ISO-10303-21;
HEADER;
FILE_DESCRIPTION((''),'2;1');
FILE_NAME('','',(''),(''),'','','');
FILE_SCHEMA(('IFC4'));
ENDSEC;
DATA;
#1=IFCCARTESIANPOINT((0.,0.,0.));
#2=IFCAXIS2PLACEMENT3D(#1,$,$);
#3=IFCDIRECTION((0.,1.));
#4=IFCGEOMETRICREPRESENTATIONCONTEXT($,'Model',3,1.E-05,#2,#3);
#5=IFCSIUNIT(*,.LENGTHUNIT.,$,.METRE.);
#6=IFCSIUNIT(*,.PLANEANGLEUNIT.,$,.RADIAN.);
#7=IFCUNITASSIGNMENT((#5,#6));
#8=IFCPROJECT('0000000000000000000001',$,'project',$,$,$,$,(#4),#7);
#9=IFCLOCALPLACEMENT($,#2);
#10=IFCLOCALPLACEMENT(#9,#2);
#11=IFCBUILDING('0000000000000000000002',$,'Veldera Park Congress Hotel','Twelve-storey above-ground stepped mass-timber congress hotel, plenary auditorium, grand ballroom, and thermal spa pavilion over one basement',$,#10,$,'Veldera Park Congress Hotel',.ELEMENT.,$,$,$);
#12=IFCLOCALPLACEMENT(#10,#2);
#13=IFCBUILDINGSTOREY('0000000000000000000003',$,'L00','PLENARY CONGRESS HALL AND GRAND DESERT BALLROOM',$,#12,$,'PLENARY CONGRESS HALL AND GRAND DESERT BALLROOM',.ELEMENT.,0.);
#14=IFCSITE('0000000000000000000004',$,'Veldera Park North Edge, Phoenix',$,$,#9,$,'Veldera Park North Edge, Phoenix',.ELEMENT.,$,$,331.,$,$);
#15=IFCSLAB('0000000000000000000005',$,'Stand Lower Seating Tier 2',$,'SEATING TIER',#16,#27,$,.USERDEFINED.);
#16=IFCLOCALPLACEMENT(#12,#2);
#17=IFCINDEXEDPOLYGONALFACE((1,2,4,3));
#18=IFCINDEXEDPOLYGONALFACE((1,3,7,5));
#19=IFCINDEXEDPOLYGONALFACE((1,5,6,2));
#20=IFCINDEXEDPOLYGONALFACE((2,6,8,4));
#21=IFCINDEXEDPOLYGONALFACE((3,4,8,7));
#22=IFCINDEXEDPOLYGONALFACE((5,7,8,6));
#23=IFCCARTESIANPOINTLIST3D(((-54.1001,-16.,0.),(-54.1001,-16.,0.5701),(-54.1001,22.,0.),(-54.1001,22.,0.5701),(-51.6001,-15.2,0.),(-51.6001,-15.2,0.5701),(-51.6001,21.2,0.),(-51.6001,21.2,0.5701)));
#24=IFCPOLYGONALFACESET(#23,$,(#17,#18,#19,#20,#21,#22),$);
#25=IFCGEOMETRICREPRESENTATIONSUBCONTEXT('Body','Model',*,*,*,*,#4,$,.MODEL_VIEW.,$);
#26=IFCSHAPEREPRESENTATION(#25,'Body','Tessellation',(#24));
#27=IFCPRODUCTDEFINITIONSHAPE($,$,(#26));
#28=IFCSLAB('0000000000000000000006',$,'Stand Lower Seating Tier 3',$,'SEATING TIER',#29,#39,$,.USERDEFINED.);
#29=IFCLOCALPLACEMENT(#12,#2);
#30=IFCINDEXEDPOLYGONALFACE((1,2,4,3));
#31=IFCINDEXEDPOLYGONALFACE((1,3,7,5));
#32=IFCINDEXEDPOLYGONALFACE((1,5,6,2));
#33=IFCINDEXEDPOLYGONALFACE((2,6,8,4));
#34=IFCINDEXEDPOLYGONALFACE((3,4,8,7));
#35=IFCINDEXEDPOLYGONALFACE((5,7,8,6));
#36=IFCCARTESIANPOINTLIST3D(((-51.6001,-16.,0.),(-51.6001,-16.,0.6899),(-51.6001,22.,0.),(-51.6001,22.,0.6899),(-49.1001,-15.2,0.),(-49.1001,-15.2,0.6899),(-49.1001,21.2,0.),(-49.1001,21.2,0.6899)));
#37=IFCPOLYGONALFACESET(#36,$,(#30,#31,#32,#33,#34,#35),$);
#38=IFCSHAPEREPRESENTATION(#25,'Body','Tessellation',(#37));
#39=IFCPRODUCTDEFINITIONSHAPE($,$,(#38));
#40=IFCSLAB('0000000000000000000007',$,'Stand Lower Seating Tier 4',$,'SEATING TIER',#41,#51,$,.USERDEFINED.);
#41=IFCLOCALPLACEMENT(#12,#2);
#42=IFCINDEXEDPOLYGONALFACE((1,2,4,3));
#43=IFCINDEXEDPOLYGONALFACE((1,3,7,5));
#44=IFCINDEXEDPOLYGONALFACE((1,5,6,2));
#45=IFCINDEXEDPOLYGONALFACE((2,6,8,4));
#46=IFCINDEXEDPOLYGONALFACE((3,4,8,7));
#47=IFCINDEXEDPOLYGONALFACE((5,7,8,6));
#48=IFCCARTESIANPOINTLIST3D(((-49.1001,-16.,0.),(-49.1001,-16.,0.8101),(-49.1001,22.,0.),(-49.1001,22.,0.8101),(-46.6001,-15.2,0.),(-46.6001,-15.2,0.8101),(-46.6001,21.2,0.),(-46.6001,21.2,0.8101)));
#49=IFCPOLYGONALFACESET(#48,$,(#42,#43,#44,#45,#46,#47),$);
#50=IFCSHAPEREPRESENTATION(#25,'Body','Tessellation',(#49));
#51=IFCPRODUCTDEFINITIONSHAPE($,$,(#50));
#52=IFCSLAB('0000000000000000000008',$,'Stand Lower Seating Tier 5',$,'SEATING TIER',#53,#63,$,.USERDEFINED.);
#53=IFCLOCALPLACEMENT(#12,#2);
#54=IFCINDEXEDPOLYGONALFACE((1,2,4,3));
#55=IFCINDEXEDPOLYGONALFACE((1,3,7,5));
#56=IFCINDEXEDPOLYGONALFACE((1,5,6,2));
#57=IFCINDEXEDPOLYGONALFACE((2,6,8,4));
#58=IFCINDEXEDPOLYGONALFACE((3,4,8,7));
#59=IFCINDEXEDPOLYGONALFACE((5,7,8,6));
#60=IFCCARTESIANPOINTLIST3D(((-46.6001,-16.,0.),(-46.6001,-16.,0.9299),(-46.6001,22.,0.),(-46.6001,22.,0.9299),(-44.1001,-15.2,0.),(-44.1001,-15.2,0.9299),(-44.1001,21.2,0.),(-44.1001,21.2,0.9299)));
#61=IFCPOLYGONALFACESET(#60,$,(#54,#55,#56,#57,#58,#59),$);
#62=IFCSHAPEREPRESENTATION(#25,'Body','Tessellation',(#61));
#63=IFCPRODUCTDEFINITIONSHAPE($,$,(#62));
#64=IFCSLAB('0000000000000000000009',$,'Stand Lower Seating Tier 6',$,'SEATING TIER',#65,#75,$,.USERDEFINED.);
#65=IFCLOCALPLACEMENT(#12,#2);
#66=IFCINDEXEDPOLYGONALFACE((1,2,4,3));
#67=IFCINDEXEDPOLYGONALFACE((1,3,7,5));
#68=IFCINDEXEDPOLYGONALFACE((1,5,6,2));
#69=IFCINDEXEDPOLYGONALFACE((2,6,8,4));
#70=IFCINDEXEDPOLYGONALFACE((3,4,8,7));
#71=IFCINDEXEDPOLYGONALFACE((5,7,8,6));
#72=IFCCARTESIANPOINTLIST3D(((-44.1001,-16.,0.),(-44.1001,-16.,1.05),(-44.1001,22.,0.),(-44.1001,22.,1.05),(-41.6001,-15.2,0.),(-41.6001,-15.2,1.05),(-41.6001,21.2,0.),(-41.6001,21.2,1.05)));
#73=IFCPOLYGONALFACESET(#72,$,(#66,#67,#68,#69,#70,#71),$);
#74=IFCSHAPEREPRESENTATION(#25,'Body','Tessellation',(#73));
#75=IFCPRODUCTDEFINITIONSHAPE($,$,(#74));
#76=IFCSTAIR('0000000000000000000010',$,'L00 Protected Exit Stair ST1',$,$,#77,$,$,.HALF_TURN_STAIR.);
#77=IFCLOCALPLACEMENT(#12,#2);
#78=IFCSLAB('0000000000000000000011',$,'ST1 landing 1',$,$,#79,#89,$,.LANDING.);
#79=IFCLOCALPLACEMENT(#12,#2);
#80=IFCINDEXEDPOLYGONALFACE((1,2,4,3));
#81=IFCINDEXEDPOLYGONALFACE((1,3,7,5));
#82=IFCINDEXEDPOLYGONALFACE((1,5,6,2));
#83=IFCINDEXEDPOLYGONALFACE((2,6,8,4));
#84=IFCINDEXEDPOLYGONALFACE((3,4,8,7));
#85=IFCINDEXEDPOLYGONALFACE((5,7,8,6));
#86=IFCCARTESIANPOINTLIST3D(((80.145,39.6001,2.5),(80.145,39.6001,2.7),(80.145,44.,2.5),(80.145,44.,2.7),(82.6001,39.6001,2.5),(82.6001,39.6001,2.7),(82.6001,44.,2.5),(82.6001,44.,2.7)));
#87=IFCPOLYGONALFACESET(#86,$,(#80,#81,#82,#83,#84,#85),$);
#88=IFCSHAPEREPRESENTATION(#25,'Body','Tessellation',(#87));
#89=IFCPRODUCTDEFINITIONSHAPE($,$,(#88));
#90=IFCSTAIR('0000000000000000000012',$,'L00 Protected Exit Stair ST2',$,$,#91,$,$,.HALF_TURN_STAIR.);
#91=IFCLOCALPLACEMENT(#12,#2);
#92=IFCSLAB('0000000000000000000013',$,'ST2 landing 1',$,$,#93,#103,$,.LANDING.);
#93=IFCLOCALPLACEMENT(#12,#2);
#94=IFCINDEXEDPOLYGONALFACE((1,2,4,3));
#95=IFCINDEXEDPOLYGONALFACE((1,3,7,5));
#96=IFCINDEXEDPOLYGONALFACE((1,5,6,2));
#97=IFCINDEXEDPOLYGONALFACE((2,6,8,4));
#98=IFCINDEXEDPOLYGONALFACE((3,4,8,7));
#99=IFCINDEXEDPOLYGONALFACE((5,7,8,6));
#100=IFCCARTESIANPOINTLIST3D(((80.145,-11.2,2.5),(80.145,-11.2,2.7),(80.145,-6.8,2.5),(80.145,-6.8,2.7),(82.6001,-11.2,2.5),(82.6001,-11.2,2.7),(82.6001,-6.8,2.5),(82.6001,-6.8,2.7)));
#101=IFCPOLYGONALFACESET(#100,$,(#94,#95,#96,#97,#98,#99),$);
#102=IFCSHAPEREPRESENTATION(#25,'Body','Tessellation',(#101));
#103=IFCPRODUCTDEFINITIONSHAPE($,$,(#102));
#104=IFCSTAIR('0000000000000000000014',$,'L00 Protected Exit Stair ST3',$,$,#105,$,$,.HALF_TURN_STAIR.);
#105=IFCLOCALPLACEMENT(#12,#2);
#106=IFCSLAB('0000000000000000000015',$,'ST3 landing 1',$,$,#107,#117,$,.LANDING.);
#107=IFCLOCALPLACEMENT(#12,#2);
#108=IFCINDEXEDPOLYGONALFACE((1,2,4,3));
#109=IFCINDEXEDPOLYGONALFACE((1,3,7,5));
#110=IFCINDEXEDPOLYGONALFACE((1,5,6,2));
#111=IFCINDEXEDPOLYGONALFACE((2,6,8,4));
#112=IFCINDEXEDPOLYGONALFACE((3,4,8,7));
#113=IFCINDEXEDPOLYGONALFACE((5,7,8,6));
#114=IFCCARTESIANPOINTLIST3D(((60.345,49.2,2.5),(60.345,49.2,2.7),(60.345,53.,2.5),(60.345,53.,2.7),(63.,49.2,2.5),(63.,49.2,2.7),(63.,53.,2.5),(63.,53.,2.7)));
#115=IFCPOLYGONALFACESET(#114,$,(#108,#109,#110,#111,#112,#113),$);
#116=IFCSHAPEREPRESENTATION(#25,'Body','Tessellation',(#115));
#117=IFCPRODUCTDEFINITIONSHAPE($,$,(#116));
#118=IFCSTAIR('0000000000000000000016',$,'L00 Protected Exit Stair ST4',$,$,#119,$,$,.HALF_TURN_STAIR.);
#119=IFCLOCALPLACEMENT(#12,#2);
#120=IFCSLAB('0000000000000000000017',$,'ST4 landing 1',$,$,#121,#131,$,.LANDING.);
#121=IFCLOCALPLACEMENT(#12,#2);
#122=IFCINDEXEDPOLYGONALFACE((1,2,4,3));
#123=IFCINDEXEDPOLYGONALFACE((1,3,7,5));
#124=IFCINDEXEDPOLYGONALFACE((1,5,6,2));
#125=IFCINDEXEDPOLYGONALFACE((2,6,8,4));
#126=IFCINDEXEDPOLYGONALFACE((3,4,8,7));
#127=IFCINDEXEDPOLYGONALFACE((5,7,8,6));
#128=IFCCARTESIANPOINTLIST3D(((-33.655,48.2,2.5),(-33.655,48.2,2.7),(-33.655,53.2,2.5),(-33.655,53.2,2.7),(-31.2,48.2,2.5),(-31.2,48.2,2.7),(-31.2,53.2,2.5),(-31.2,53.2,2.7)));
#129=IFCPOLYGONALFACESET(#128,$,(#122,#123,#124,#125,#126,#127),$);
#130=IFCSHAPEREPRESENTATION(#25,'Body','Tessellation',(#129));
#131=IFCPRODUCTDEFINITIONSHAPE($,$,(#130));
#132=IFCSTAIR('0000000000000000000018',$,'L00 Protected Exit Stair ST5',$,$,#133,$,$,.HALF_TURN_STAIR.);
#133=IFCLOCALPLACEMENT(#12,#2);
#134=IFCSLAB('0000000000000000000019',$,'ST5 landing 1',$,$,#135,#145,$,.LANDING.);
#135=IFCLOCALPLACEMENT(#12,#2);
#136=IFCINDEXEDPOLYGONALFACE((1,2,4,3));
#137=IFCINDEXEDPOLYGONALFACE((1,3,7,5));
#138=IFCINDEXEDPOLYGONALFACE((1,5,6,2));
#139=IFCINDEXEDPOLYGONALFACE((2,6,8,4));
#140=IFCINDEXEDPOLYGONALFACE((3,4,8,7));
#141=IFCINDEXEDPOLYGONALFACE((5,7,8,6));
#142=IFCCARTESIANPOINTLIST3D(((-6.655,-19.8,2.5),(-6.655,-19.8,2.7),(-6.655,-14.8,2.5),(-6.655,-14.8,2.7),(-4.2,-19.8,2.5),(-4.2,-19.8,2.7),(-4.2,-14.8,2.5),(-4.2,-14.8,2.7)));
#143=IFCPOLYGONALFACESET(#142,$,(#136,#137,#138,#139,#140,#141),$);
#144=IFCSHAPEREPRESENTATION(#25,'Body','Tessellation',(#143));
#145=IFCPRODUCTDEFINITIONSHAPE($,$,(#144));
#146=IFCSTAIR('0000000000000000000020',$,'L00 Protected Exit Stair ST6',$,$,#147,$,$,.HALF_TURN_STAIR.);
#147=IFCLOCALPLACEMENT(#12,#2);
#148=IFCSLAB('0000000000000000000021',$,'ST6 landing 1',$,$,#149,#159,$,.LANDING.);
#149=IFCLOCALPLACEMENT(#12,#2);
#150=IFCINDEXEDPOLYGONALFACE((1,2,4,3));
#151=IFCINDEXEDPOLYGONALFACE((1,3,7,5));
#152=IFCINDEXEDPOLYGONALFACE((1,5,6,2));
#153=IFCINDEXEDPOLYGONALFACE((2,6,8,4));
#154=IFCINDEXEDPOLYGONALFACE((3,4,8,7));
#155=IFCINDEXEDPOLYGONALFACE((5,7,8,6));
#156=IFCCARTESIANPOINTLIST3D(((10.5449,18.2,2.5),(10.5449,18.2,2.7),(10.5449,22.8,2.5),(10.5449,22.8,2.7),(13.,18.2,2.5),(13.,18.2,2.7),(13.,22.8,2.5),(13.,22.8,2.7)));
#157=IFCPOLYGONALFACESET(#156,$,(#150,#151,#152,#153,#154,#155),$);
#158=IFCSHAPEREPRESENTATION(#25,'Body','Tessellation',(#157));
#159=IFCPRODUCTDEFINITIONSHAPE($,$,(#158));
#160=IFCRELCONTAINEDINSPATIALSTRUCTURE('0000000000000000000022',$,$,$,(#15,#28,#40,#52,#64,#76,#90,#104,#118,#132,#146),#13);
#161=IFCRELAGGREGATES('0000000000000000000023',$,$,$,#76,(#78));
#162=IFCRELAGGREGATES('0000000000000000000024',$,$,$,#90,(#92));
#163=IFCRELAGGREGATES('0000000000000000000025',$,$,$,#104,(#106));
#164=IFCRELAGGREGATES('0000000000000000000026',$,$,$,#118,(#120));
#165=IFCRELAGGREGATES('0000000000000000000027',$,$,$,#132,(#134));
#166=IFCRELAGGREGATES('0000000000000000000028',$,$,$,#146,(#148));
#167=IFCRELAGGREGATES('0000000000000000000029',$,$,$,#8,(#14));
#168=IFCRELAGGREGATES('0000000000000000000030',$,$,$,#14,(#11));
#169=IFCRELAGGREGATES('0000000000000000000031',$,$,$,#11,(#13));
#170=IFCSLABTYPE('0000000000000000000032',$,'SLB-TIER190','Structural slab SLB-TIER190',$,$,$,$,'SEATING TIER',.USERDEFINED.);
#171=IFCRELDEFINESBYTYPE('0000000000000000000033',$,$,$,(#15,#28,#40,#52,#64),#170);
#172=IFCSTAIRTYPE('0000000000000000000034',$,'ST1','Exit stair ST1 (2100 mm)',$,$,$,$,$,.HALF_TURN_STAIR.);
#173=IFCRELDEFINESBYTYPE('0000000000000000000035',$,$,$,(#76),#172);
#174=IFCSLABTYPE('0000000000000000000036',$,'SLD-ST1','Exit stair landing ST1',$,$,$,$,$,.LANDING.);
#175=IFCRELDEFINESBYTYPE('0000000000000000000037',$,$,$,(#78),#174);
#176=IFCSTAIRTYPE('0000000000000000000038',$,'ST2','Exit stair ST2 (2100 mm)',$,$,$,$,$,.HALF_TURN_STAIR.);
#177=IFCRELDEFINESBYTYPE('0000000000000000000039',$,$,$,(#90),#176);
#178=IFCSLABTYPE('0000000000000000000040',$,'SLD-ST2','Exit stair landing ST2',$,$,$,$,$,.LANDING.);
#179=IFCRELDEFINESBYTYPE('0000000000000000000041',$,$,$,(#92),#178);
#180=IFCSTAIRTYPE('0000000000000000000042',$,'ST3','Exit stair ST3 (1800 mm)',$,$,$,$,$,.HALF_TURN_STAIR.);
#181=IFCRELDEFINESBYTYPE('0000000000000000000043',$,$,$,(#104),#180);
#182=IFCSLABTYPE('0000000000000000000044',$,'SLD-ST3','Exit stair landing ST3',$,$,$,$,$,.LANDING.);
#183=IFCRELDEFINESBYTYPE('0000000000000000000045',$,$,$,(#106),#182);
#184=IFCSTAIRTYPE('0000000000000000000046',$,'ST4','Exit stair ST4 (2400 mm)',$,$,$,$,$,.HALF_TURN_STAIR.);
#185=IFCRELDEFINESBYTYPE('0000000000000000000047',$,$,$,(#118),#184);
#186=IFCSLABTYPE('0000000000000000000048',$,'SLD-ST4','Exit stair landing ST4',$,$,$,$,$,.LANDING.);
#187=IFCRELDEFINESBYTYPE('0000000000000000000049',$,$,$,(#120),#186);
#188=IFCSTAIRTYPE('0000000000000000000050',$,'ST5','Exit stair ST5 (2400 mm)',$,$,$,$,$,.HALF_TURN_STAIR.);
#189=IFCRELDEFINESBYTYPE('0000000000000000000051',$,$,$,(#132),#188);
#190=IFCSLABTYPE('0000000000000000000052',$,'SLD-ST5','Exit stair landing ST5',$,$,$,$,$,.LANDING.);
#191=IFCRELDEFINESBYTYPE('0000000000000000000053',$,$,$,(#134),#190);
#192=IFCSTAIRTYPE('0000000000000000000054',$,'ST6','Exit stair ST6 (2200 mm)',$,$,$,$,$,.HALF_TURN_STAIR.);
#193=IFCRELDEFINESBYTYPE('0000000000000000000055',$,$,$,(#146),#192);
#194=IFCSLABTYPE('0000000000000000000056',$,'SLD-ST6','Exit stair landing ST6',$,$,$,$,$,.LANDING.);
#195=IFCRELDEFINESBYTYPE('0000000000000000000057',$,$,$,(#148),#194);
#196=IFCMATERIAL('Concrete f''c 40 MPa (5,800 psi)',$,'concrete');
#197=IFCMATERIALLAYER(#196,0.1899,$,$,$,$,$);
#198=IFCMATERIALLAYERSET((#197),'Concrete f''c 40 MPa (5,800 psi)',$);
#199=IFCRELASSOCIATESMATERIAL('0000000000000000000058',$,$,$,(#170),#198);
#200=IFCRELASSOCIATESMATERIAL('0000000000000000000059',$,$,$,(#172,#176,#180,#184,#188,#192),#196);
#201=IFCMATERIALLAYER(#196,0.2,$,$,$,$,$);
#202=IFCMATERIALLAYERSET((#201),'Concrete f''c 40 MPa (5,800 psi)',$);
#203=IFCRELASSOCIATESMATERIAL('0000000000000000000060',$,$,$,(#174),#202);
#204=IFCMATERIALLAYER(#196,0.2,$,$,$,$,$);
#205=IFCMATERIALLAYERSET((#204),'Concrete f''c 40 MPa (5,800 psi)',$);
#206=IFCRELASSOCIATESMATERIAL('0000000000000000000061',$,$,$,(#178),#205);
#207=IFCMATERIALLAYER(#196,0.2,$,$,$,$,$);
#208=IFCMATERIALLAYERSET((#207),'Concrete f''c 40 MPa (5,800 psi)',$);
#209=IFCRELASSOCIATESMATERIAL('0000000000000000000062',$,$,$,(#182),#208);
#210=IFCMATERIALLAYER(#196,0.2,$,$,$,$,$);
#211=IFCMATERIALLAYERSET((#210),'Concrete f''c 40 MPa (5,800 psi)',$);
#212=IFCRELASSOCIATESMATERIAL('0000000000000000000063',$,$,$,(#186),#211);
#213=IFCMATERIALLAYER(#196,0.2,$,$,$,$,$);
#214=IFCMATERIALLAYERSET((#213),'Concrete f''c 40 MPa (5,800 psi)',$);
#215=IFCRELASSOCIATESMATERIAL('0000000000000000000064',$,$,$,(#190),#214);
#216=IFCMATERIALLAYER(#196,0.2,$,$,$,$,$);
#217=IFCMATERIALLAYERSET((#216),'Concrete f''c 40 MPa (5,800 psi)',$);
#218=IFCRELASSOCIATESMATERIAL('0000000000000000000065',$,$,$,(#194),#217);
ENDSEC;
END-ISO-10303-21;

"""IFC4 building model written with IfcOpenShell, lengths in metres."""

from ifc_helpers import new_model, si_unit, direction, frame, origin, place, context, subcontext, project, spatial, polyline, outline, extrude, material, layer, layer_set, type_object, element, aggregate, save


model = new_model("IFC4")

# Units and contexts
model_context = context("Model", 3, precision=1e-05, world=origin(), true_north=direction((0.0, 1.0)))
body_context = subcontext(model_context, "Body", "Model", "MODEL_VIEW")
ifc_project = project(units=[si_unit("LENGTHUNIT", "METRE"), si_unit("PLANEANGLEUNIT", "RADIAN")], contexts=[model_context])

# Site, building, storey
site_placement = place(None, origin())
site = spatial("IfcSite", under=ifc_project, at=site_placement, Name="Veldera Park North Edge, Phoenix", LongName="Veldera Park North Edge, Phoenix", CompositionType="ELEMENT", RefElevation=331.0)
building_placement = place(site_placement, origin())
building = spatial("IfcBuilding", under=site, at=building_placement, Name="Veldera Park Congress Hotel", Description="Twelve-storey above-ground stepped mass-timber congress hotel, plenary auditorium, grand ballroom, and thermal spa pavilion over one basement", LongName="Veldera Park Congress Hotel", CompositionType="ELEMENT")
storey_placement = place(building_placement, origin())
storey = spatial("IfcBuildingStorey", under=building, at=storey_placement, Name="L00", Description="PLENARY CONGRESS HALL AND GRAND DESERT BALLROOM", LongName="PLENARY CONGRESS HALL AND GRAND DESERT BALLROOM", CompositionType="ELEMENT", Elevation=0.0)

# Shared definitions
ifc_material_1 = material(Name="Concrete f'c 40 MPa (5,800 psi)", Category="concrete")

# Slabs
ifc_layer_1 = layer(ifc_material_1, 0.1899)
ifc_layer_set_1 = layer_set([ifc_layer_1], Name="Concrete f'c 40 MPa (5,800 psi)")
slab_type_1 = type_object("IfcSlabType", Name="SLB-TIER190", Description="Structural slab SLB-TIER190", ElementType="SEATING TIER", PredefinedType="USERDEFINED", material=ifc_layer_set_1)
slab_1_placement = place(storey_placement, origin())
element("IfcSlab", 1, at=slab_1_placement, inside=storey, type_object=slab_type_1, Name="Stand Lower Seating Tier 2", ObjectType="SEATING TIER", PredefinedType="USERDEFINED", context=body_context, shape_type="SweptSolid", body=[
    extrude(outline(polyline([(-54.1001, -16.0), (-51.6001, -15.2), (-51.6001, 21.2), (-54.1001, 22.0), (-54.1001, -16.0)])), origin(), (0.0, 0.0, 1.0), 0.5701),
])
slab_2_placement = place(storey_placement, origin())
element("IfcSlab", 2, at=slab_2_placement, inside=storey, type_object=slab_type_1, Name="Stand Lower Seating Tier 3", ObjectType="SEATING TIER", PredefinedType="USERDEFINED", context=body_context, shape_type="SweptSolid", body=[
    extrude(outline(polyline([(-51.6001, -16.0), (-49.1001, -15.2), (-49.1001, 21.2), (-51.6001, 22.0), (-51.6001, -16.0)])), origin(), (0.0, 0.0, 1.0), 0.6899),
])
slab_3_placement = place(storey_placement, origin())
element("IfcSlab", 3, at=slab_3_placement, inside=storey, type_object=slab_type_1, Name="Stand Lower Seating Tier 4", ObjectType="SEATING TIER", PredefinedType="USERDEFINED", context=body_context, shape_type="SweptSolid", body=[
    extrude(outline(polyline([(-49.1001, -16.0), (-46.6001, -15.2), (-46.6001, 21.2), (-49.1001, 22.0), (-49.1001, -16.0)])), origin(), (0.0, 0.0, 1.0), 0.8101),
])
slab_4_placement = place(storey_placement, origin())
element("IfcSlab", 4, at=slab_4_placement, inside=storey, type_object=slab_type_1, Name="Stand Lower Seating Tier 5", ObjectType="SEATING TIER", PredefinedType="USERDEFINED", context=body_context, shape_type="SweptSolid", body=[
    extrude(outline(polyline([(-46.6001, -16.0), (-44.1001, -15.2), (-44.1001, 21.2), (-46.6001, 22.0), (-46.6001, -16.0)])), origin(), (0.0, 0.0, 1.0), 0.9299),
])
slab_5_placement = place(storey_placement, origin())
element("IfcSlab", 5, at=slab_5_placement, inside=storey, type_object=slab_type_1, Name="Stand Lower Seating Tier 6", ObjectType="SEATING TIER", PredefinedType="USERDEFINED", context=body_context, shape_type="SweptSolid", body=[
    extrude(outline(polyline([(-44.1001, -16.0), (-41.6001, -15.2), (-41.6001, 21.2), (-44.1001, 22.0), (-44.1001, -16.0)])), origin(), (0.0, 0.0, 1.0), 1.05),
])

# Stairs, slabs
stair_type_1 = type_object("IfcStairType", Name="ST1", Description="Exit stair ST1 (2100 mm)", PredefinedType="HALF_TURN_STAIR", material=ifc_material_1)
stair_1_placement = place(storey_placement, origin())
stair_1 = element("IfcStair", 6, at=stair_1_placement, inside=storey, type_object=stair_type_1, Name="L00 Protected Exit Stair ST1", PredefinedType="HALF_TURN_STAIR")
ifc_layer_2 = layer(ifc_material_1, 0.2)
ifc_layer_set_2 = layer_set([ifc_layer_2], Name="Concrete f'c 40 MPa (5,800 psi)")
slab_type_2 = type_object("IfcSlabType", Name="SLD-ST1", Description="Exit stair landing ST1", PredefinedType="LANDING", material=ifc_layer_set_2)
slab_6_placement = place(storey_placement, frame((0.0, 0.0, 2.5)))
slab_6 = element("IfcSlab", 7, at=slab_6_placement, type_object=slab_type_2, Name="ST1 landing 1", PredefinedType="LANDING", context=body_context, shape_type="SweptSolid", body=[
    extrude(outline(polyline([(80.145, 39.6001), (82.6001, 39.6001), (82.6001, 44.0), (80.145, 44.0), (80.145, 39.6001)])), origin(), (0.0, 0.0, 1.0), 0.2),
])
aggregate(stair_1, [slab_6])
stair_type_2 = type_object("IfcStairType", Name="ST2", Description="Exit stair ST2 (2100 mm)", PredefinedType="HALF_TURN_STAIR", material=ifc_material_1)
stair_2_placement = place(storey_placement, origin())
stair_2 = element("IfcStair", 8, at=stair_2_placement, inside=storey, type_object=stair_type_2, Name="L00 Protected Exit Stair ST2", PredefinedType="HALF_TURN_STAIR")
ifc_layer_3 = layer(ifc_material_1, 0.2)
ifc_layer_set_3 = layer_set([ifc_layer_3], Name="Concrete f'c 40 MPa (5,800 psi)")
slab_type_3 = type_object("IfcSlabType", Name="SLD-ST2", Description="Exit stair landing ST2", PredefinedType="LANDING", material=ifc_layer_set_3)
slab_7_placement = place(storey_placement, frame((0.0, 0.0, 2.5)))
slab_7 = element("IfcSlab", 9, at=slab_7_placement, type_object=slab_type_3, Name="ST2 landing 1", PredefinedType="LANDING", context=body_context, shape_type="SweptSolid", body=[
    extrude(outline(polyline([(80.145, -11.2), (82.6001, -11.2), (82.6001, -6.8), (80.145, -6.8), (80.145, -11.2)])), origin(), (0.0, 0.0, 1.0), 0.2),
])
aggregate(stair_2, [slab_7])
stair_type_3 = type_object("IfcStairType", Name="ST3", Description="Exit stair ST3 (1800 mm)", PredefinedType="HALF_TURN_STAIR", material=ifc_material_1)
stair_3_placement = place(storey_placement, origin())
stair_3 = element("IfcStair", 10, at=stair_3_placement, inside=storey, type_object=stair_type_3, Name="L00 Protected Exit Stair ST3", PredefinedType="HALF_TURN_STAIR")
ifc_layer_4 = layer(ifc_material_1, 0.2)
ifc_layer_set_4 = layer_set([ifc_layer_4], Name="Concrete f'c 40 MPa (5,800 psi)")
slab_type_4 = type_object("IfcSlabType", Name="SLD-ST3", Description="Exit stair landing ST3", PredefinedType="LANDING", material=ifc_layer_set_4)
slab_8_placement = place(storey_placement, frame((0.0, 0.0, 2.5)))
slab_8 = element("IfcSlab", 11, at=slab_8_placement, type_object=slab_type_4, Name="ST3 landing 1", PredefinedType="LANDING", context=body_context, shape_type="SweptSolid", body=[
    extrude(outline(polyline([(60.345, 49.2), (63.0, 49.2), (63.0, 53.0), (60.345, 53.0), (60.345, 49.2)])), origin(), (0.0, 0.0, 1.0), 0.2),
])
aggregate(stair_3, [slab_8])
stair_type_4 = type_object("IfcStairType", Name="ST4", Description="Exit stair ST4 (2400 mm)", PredefinedType="HALF_TURN_STAIR", material=ifc_material_1)
stair_4_placement = place(storey_placement, origin())
stair_4 = element("IfcStair", 12, at=stair_4_placement, inside=storey, type_object=stair_type_4, Name="L00 Protected Exit Stair ST4", PredefinedType="HALF_TURN_STAIR")
ifc_layer_5 = layer(ifc_material_1, 0.2)
ifc_layer_set_5 = layer_set([ifc_layer_5], Name="Concrete f'c 40 MPa (5,800 psi)")
slab_type_5 = type_object("IfcSlabType", Name="SLD-ST4", Description="Exit stair landing ST4", PredefinedType="LANDING", material=ifc_layer_set_5)
slab_9_placement = place(storey_placement, frame((0.0, 0.0, 2.5)))
slab_9 = element("IfcSlab", 13, at=slab_9_placement, type_object=slab_type_5, Name="ST4 landing 1", PredefinedType="LANDING", context=body_context, shape_type="SweptSolid", body=[
    extrude(outline(polyline([(-33.655, 48.2), (-31.2, 48.2), (-31.2, 53.2), (-33.655, 53.2), (-33.655, 48.2)])), origin(), (0.0, 0.0, 1.0), 0.2),
])
aggregate(stair_4, [slab_9])
stair_type_5 = type_object("IfcStairType", Name="ST5", Description="Exit stair ST5 (2400 mm)", PredefinedType="HALF_TURN_STAIR", material=ifc_material_1)
stair_5_placement = place(storey_placement, origin())
stair_5 = element("IfcStair", 14, at=stair_5_placement, inside=storey, type_object=stair_type_5, Name="L00 Protected Exit Stair ST5", PredefinedType="HALF_TURN_STAIR")
ifc_layer_6 = layer(ifc_material_1, 0.2)
ifc_layer_set_6 = layer_set([ifc_layer_6], Name="Concrete f'c 40 MPa (5,800 psi)")
slab_type_6 = type_object("IfcSlabType", Name="SLD-ST5", Description="Exit stair landing ST5", PredefinedType="LANDING", material=ifc_layer_set_6)
slab_10_placement = place(storey_placement, frame((0.0, 0.0, 2.5)))
slab_10 = element("IfcSlab", 15, at=slab_10_placement, type_object=slab_type_6, Name="ST5 landing 1", PredefinedType="LANDING", context=body_context, shape_type="SweptSolid", body=[
    extrude(outline(polyline([(-6.655, -19.8), (-4.2, -19.8), (-4.2, -14.8), (-6.655, -14.8), (-6.655, -19.8)])), origin(), (0.0, 0.0, 1.0), 0.2),
])
aggregate(stair_5, [slab_10])
stair_type_6 = type_object("IfcStairType", Name="ST6", Description="Exit stair ST6 (2200 mm)", PredefinedType="HALF_TURN_STAIR", material=ifc_material_1)
stair_6_placement = place(storey_placement, origin())
stair_6 = element("IfcStair", 16, at=stair_6_placement, inside=storey, type_object=stair_type_6, Name="L00 Protected Exit Stair ST6", PredefinedType="HALF_TURN_STAIR")
ifc_layer_7 = layer(ifc_material_1, 0.2)
ifc_layer_set_7 = layer_set([ifc_layer_7], Name="Concrete f'c 40 MPa (5,800 psi)")
slab_type_7 = type_object("IfcSlabType", Name="SLD-ST6", Description="Exit stair landing ST6", PredefinedType="LANDING", material=ifc_layer_set_7)
slab_11_placement = place(storey_placement, frame((0.0, 0.0, 2.5)))
slab_11 = element("IfcSlab", 17, at=slab_11_placement, type_object=slab_type_7, Name="ST6 landing 1", PredefinedType="LANDING", context=body_context, shape_type="SweptSolid", body=[
    extrude(outline(polyline([(10.5449, 18.2), (13.0, 18.2), (13.0, 22.8), (10.5449, 22.8), (10.5449, 18.2)])), origin(), (0.0, 0.0, 1.0), 0.2),
])
aggregate(stair_6, [slab_11])

save(model, "model.ifc")
